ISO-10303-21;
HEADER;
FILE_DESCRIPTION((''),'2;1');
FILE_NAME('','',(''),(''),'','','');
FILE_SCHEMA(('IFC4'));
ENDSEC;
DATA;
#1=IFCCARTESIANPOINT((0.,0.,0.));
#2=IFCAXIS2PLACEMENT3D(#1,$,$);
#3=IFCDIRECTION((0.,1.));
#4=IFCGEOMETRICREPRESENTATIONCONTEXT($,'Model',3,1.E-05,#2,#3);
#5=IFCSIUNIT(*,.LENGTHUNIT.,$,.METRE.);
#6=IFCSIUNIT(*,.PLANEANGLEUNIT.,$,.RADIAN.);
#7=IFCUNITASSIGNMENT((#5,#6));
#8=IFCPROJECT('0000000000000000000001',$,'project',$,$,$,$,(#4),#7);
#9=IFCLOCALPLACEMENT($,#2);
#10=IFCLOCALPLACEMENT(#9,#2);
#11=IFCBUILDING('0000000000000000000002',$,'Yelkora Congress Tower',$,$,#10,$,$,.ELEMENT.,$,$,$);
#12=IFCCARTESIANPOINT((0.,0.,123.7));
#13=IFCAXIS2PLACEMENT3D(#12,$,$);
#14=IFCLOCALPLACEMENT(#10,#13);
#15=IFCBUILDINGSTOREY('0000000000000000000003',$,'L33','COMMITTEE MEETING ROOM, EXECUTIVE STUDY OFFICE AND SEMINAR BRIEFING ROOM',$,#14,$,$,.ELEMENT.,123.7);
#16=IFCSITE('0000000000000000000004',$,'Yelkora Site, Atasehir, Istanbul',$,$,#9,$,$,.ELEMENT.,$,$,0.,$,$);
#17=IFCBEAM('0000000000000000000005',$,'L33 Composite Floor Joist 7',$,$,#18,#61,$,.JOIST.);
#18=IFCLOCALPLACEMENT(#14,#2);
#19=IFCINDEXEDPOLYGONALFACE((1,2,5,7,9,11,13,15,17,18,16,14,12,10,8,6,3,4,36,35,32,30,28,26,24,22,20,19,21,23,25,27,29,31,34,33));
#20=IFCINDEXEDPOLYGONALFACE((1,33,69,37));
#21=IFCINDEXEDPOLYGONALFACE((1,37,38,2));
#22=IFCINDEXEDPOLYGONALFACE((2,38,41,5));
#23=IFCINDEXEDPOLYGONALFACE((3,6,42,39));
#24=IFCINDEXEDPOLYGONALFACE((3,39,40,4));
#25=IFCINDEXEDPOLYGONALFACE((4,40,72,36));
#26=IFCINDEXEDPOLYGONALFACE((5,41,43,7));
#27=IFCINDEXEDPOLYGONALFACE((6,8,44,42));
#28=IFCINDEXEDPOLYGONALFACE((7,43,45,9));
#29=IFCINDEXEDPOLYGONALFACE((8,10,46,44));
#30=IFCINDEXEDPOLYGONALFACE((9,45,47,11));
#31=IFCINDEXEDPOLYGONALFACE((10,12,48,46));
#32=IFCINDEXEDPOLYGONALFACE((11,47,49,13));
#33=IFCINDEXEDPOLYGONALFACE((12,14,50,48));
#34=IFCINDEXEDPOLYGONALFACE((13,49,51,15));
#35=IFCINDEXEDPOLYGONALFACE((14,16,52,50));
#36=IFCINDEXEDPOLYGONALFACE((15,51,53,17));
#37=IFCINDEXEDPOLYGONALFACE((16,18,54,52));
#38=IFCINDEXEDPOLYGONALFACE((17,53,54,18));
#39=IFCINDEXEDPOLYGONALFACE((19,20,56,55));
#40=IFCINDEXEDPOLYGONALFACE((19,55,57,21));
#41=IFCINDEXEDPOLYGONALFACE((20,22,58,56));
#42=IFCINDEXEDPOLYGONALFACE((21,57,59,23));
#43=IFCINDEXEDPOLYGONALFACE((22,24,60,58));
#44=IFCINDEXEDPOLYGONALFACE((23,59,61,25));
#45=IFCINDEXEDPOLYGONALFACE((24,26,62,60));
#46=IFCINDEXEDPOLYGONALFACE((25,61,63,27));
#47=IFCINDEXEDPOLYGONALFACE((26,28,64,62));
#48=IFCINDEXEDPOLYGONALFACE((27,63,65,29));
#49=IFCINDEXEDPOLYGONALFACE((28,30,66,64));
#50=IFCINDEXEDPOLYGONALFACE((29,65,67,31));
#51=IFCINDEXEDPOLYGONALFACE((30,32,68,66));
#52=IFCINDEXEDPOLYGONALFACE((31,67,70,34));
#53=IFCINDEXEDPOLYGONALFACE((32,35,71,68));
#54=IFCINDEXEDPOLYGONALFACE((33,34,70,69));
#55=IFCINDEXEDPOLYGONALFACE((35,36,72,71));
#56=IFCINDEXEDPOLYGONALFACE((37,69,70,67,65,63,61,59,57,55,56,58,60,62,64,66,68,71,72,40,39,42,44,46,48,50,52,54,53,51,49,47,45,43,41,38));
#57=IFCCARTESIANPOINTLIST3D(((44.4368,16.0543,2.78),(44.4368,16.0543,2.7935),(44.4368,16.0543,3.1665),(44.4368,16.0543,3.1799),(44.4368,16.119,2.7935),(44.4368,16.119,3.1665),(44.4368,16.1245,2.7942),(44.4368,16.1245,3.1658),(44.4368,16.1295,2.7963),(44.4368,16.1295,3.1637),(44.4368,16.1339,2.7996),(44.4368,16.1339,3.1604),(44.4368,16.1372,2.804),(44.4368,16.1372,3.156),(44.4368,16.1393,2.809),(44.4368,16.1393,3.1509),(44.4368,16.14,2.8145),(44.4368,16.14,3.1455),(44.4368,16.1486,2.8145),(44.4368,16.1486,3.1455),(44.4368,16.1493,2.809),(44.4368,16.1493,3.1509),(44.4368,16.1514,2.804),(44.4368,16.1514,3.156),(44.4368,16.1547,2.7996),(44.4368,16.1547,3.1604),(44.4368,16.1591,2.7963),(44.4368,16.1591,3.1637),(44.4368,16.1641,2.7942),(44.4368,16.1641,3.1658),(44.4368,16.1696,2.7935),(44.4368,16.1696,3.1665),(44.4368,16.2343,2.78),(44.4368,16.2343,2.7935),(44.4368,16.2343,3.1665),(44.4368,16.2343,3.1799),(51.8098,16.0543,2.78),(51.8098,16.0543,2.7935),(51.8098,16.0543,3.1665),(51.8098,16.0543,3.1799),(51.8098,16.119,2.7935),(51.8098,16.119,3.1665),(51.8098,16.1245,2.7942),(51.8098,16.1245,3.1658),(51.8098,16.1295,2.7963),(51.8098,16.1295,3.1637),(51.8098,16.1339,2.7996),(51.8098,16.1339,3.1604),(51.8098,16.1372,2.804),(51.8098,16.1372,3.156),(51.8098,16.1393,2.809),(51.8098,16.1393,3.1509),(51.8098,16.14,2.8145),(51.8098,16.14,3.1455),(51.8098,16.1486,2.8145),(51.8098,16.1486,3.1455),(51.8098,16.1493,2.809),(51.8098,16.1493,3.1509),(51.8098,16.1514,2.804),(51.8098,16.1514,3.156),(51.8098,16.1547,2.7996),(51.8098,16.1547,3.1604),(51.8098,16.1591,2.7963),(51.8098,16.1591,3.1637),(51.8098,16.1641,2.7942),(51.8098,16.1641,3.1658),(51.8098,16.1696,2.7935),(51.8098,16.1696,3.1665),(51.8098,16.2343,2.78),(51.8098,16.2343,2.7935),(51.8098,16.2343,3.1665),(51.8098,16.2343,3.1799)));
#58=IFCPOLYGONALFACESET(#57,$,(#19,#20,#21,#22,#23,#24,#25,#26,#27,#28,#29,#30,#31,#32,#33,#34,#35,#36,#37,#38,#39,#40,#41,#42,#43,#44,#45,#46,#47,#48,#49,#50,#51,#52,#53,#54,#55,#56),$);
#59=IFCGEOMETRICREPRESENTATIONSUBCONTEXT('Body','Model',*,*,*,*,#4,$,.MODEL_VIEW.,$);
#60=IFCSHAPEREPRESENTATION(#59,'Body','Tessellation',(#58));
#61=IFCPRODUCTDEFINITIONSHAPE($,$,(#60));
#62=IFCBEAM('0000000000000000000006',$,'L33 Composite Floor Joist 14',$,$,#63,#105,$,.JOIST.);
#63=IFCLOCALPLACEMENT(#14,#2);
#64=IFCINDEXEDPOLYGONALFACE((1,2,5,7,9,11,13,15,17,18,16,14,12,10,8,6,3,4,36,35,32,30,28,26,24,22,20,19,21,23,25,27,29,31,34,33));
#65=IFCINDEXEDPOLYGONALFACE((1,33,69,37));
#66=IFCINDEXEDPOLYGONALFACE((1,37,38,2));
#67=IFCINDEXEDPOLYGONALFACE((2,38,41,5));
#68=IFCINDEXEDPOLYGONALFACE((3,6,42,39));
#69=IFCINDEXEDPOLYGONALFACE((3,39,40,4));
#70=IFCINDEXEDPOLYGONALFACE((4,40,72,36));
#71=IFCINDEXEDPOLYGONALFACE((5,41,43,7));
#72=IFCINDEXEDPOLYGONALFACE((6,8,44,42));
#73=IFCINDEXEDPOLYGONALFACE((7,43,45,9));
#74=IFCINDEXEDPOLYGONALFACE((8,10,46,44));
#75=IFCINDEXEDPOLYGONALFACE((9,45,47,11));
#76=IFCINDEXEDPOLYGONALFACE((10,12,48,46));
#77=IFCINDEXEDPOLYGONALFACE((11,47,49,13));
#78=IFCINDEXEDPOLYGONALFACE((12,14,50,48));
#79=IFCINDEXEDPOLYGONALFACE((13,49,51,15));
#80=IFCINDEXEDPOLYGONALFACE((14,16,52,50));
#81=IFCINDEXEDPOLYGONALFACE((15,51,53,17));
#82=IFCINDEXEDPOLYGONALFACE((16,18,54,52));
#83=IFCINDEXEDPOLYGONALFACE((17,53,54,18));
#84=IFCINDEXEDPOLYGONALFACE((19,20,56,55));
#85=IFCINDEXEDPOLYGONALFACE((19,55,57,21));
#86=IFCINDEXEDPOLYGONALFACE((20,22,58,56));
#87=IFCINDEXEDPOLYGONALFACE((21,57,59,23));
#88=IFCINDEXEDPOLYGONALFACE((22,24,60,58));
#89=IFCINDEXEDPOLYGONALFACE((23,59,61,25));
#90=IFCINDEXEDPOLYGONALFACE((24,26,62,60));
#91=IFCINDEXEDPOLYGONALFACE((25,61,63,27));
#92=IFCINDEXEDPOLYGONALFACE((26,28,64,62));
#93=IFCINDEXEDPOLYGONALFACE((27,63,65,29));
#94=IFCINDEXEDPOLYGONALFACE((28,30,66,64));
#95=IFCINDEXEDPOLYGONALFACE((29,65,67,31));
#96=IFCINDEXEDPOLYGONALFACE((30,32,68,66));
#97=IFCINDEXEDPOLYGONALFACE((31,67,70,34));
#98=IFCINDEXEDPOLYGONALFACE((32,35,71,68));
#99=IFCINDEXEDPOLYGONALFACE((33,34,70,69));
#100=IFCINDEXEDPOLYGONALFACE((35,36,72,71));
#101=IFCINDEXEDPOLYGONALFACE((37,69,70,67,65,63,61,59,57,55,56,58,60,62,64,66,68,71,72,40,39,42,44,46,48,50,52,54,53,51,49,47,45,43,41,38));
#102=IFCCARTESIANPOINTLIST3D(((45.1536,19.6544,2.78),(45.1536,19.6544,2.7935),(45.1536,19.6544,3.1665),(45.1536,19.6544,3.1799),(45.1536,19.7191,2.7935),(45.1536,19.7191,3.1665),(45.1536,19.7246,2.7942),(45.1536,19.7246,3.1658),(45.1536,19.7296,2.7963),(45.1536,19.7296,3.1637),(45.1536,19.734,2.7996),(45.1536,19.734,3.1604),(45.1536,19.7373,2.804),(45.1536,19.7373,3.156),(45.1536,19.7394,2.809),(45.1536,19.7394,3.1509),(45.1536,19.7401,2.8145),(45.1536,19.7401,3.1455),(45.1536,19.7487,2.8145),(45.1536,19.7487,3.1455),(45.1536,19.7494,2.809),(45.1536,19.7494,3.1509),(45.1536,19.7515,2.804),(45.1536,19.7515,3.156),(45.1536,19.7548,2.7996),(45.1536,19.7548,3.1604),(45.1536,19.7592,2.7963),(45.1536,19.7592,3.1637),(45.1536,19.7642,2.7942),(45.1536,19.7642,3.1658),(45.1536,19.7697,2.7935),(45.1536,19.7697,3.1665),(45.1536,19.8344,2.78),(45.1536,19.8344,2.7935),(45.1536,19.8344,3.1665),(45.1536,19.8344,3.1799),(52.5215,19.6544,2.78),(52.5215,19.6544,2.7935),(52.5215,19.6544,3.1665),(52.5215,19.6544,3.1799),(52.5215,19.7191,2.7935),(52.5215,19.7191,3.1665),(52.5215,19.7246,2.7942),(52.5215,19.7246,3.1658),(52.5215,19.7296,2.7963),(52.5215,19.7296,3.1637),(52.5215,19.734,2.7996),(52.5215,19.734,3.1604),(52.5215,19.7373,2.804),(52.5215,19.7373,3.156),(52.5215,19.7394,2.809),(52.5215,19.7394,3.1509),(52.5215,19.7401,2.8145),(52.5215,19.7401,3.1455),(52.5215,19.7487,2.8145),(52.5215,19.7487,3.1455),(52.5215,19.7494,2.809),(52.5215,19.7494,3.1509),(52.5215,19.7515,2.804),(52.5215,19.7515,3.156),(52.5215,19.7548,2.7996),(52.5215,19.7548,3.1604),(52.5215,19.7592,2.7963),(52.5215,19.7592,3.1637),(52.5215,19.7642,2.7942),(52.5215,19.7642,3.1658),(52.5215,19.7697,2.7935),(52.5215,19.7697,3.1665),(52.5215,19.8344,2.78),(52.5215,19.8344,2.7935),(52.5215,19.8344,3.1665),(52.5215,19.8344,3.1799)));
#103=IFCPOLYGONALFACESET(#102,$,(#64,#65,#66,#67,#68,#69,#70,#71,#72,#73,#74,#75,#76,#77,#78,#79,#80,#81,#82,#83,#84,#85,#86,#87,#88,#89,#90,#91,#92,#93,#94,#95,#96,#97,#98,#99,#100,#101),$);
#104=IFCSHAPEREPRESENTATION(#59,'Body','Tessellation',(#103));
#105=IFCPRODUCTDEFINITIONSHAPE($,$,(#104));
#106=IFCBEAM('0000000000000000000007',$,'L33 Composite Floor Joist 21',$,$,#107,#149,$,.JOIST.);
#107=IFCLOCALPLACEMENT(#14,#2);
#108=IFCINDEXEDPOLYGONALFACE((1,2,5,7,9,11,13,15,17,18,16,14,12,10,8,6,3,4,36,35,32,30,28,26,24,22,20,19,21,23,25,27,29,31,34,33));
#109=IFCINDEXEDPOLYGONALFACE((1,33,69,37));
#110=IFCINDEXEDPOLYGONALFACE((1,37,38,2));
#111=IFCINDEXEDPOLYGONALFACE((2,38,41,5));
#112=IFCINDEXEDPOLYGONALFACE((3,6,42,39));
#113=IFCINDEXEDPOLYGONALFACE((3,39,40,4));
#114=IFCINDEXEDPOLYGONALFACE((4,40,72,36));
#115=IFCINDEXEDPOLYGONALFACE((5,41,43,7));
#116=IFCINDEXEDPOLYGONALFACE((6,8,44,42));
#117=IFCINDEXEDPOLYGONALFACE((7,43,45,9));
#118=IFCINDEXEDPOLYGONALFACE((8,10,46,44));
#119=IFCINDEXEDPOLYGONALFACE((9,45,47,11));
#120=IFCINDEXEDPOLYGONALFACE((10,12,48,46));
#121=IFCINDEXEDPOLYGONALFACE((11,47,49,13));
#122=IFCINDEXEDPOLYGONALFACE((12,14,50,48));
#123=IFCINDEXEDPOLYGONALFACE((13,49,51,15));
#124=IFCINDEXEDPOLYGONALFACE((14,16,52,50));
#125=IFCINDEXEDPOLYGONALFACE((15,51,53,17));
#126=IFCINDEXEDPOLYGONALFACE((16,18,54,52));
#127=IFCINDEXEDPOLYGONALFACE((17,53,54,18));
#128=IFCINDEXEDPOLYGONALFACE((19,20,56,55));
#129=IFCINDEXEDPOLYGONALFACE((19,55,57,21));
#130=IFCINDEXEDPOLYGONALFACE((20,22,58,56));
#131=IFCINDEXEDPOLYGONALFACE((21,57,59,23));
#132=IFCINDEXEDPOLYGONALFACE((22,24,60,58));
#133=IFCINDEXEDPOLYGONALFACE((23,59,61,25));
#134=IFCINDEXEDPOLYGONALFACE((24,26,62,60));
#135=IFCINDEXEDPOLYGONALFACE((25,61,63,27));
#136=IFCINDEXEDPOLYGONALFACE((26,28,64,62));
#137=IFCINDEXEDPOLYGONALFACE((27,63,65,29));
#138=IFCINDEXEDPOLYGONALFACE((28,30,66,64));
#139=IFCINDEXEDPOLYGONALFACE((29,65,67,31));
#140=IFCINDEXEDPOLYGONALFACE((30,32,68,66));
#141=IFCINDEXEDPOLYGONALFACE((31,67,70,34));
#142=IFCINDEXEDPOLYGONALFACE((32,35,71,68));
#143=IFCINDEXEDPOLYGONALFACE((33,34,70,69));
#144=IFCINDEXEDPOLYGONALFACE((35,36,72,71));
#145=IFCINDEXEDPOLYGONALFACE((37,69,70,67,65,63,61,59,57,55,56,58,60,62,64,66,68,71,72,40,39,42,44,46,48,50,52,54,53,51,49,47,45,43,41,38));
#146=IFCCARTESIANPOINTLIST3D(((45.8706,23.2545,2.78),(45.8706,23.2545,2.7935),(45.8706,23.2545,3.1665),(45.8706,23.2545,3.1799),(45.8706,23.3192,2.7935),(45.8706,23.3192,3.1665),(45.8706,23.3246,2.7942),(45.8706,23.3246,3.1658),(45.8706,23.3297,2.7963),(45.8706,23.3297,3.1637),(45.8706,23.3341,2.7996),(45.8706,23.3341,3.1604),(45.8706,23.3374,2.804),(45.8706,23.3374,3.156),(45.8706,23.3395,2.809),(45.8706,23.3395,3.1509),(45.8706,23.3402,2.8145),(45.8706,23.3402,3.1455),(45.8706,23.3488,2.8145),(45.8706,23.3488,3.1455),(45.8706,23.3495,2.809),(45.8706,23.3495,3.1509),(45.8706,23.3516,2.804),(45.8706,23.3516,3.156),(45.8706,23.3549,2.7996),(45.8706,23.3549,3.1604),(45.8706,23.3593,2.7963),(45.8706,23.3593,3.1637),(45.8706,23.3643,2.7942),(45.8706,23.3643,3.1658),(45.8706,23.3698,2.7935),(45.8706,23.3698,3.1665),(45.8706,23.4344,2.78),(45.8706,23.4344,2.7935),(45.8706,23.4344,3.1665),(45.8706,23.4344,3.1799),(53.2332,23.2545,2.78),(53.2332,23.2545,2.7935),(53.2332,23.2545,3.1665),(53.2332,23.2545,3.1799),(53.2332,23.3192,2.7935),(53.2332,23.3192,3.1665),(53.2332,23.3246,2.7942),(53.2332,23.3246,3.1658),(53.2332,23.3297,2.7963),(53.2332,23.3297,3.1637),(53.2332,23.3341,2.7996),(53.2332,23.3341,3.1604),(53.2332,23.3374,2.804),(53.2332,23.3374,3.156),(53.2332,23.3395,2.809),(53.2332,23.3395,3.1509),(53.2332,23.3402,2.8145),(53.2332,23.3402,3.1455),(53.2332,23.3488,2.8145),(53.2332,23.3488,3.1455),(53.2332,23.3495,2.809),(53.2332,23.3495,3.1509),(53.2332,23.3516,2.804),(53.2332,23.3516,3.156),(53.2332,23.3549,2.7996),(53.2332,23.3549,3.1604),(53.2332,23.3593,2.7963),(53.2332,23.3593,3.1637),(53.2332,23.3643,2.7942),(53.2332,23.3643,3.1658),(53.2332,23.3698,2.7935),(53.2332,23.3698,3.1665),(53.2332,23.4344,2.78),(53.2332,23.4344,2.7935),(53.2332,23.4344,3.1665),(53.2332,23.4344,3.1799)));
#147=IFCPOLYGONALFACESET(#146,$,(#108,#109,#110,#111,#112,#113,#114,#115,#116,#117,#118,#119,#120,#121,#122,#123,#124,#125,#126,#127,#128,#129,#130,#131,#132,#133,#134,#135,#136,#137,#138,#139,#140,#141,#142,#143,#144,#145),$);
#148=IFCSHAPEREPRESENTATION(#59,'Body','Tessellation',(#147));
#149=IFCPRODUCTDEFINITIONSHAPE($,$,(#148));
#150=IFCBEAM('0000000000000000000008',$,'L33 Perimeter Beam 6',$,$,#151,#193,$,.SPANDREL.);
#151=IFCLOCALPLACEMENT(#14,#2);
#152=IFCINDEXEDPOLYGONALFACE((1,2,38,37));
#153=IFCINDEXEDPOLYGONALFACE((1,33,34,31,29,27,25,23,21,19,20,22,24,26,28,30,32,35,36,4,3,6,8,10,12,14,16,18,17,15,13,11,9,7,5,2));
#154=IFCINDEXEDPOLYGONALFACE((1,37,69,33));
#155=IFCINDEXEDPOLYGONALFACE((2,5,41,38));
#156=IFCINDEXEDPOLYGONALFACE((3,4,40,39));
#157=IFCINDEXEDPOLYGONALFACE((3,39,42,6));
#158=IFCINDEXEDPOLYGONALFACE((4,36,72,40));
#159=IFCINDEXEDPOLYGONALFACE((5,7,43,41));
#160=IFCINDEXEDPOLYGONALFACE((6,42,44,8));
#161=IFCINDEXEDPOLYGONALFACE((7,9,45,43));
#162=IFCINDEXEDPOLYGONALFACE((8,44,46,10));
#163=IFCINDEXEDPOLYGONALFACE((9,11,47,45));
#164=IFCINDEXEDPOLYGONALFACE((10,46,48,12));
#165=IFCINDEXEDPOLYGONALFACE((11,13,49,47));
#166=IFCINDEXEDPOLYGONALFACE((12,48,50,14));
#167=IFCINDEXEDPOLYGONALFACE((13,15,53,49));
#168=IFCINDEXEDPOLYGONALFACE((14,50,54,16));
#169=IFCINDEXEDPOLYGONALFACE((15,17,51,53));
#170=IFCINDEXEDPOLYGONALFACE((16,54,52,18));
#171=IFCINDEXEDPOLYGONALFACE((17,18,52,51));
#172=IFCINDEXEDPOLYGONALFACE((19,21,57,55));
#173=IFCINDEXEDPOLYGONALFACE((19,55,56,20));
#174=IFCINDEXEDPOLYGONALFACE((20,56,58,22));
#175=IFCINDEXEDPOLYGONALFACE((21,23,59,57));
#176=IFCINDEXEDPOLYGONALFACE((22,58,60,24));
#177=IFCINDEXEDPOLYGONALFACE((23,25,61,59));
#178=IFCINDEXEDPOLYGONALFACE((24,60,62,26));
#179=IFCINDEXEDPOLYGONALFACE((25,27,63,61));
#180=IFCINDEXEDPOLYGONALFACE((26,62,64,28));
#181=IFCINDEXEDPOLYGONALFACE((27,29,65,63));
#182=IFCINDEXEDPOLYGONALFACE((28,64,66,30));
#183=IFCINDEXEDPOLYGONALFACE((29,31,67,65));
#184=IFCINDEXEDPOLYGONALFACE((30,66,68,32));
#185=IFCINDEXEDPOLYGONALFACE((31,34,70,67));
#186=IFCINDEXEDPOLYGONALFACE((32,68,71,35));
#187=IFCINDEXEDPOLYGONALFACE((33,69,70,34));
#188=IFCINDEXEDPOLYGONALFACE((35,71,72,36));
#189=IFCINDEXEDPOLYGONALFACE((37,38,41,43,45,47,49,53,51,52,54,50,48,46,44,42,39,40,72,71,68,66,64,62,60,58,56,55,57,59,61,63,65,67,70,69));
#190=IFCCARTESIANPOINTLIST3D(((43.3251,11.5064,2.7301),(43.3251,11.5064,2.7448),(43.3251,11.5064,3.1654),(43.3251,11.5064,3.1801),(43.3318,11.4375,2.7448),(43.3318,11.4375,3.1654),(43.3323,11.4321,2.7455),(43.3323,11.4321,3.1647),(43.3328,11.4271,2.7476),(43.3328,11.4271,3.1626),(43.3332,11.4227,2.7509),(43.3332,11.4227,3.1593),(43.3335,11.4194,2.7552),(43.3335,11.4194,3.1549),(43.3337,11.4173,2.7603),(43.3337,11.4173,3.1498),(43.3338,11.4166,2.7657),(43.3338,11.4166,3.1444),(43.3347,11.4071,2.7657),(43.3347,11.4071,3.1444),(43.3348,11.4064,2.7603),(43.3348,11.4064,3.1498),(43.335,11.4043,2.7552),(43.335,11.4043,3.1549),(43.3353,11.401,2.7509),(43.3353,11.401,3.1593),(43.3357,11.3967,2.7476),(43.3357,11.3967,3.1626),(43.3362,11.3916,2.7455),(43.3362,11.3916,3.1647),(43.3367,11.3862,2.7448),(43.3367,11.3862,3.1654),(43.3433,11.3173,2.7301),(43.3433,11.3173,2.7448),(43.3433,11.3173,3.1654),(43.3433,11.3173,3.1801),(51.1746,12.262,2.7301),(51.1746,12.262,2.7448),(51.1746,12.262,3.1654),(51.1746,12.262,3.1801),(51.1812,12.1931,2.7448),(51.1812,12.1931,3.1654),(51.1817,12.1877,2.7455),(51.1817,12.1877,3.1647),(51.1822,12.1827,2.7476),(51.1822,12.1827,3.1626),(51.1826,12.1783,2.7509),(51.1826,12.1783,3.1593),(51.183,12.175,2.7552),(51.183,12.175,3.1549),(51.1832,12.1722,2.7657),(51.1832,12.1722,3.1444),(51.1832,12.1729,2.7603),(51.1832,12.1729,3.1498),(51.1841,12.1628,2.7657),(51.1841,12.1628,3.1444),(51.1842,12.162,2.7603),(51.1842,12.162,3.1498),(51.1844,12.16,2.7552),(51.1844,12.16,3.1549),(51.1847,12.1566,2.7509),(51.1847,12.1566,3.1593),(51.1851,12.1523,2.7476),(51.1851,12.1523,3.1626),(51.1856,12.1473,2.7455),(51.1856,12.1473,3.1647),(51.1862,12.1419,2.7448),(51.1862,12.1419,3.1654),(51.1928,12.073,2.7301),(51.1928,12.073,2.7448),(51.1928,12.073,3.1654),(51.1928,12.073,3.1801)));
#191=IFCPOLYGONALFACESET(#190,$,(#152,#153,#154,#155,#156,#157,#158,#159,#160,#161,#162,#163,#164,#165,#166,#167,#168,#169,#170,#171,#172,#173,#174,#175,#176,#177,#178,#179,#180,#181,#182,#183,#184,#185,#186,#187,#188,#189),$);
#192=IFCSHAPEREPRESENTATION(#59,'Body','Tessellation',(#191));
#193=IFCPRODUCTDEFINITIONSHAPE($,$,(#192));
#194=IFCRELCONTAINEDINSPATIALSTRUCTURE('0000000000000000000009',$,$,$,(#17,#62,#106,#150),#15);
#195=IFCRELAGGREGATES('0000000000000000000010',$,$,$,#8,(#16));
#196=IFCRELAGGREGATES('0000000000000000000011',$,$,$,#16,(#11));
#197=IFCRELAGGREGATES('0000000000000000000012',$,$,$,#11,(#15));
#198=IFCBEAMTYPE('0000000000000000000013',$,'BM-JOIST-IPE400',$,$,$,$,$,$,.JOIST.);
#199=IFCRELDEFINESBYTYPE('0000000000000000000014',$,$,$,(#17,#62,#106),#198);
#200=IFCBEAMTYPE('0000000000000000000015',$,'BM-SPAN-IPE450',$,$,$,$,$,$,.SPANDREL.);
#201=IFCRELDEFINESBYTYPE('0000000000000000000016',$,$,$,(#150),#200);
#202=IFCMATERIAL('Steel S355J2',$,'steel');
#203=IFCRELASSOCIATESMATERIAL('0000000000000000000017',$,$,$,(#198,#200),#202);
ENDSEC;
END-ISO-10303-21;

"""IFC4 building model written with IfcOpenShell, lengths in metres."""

from ifc_helpers import new_model, si_unit, direction, frame, origin, origin_2d, place, context, subcontext, project, spatial, i_section, extrude, material, material_profile, profile_set, type_object, element, save


model = new_model("IFC4")

# Units and contexts
model_context = context("Model", 3, precision=1e-05, world=origin(), true_north=direction((0.0, 1.0)))
body_context = subcontext(model_context, "Body", "Model", "MODEL_VIEW")
ifc_project = project(units=[si_unit("LENGTHUNIT", "METRE"), si_unit("PLANEANGLEUNIT", "RADIAN")], contexts=[model_context])

# Site, building, storey
site_placement = place(None, origin())
site = spatial("IfcSite", under=ifc_project, at=site_placement, Name="Yelkora Site, Atasehir, Istanbul", CompositionType="ELEMENT", RefElevation=0.0)
building_placement = place(site_placement, origin())
building = spatial("IfcBuilding", under=site, at=building_placement, Name="Yelkora Congress Tower", CompositionType="ELEMENT")
storey_placement = place(building_placement, frame((0.0, 0.0, 123.7)))
storey = spatial("IfcBuildingStorey", under=building, at=storey_placement, Name="L33", Description="COMMITTEE MEETING ROOM, EXECUTIVE STUDY OFFICE AND SEMINAR BRIEFING ROOM", CompositionType="ELEMENT", Elevation=123.7)

# Beams
ifc_material_1 = material(Name="Steel S355J2", Category="steel")
ifc_material_profile_1 = material_profile(ifc_material_1, i_section(OverallWidth=0.1799, OverallDepth=0.3999, WebThickness=0.0085, FlangeThickness=0.0134, FilletRadius=0.021, at=origin_2d()), Name="IPE 400")
ifc_profile_set_1 = profile_set([ifc_material_profile_1], Name="Steel S355J2")
beam_type_1 = type_object("IfcBeamType", Name="BM-JOIST-IPE400", PredefinedType="JOIST", material=ifc_profile_set_1)
beam_1_placement = place(storey_placement, frame((44.4368, 16.1443, 2.98), z_axis=(1.0, 0.0, 0.0), x_axis=(0.0, 1.0, 0.0)))
element("IfcBeam", 1, at=beam_1_placement, inside=storey, type_object=beam_type_1, Name="L33 Composite Floor Joist 7", PredefinedType="JOIST", context=body_context, shape_type="SweptSolid", body=[
    extrude(i_section(OverallWidth=0.1799, OverallDepth=0.3999, WebThickness=0.0085, FlangeThickness=0.0134, FilletRadius=0.021, at=origin_2d()), origin(), (0.0, 0.0, 1.0), 7.373),
])
beam_2_placement = place(storey_placement, frame((45.1536, 19.7444, 2.98), z_axis=(1.0, 0.0, 0.0), x_axis=(0.0, 1.0, 0.0)))
element("IfcBeam", 2, at=beam_2_placement, inside=storey, type_object=beam_type_1, Name="L33 Composite Floor Joist 14", PredefinedType="JOIST", context=body_context, shape_type="SweptSolid", body=[
    extrude(i_section(OverallWidth=0.1799, OverallDepth=0.3999, WebThickness=0.0085, FlangeThickness=0.0134, FilletRadius=0.021, at=origin_2d()), origin(), (0.0, 0.0, 1.0), 7.3679),
])
beam_3_placement = place(storey_placement, frame((45.8706, 23.3445, 2.98), z_axis=(1.0, 0.0, 0.0), x_axis=(0.0, 1.0, 0.0)))
element("IfcBeam", 3, at=beam_3_placement, inside=storey, type_object=beam_type_1, Name="L33 Composite Floor Joist 21", PredefinedType="JOIST", context=body_context, shape_type="SweptSolid", body=[
    extrude(i_section(OverallWidth=0.1799, OverallDepth=0.3999, WebThickness=0.0085, FlangeThickness=0.0134, FilletRadius=0.021, at=origin_2d()), origin(), (0.0, 0.0, 1.0), 7.3625),
])
ifc_material_profile_2 = material_profile(ifc_material_1, i_section(OverallWidth=0.1899, OverallDepth=0.45, WebThickness=0.0095, FlangeThickness=0.0146, FilletRadius=0.021, at=origin_2d()), Name="IPE 450")
ifc_profile_set_2 = profile_set([ifc_material_profile_2], Name="Steel S355J2")
beam_type_2 = type_object("IfcBeamType", Name="BM-SPAN-IPE450", PredefinedType="SPANDREL", material=ifc_profile_set_2)
beam_4_placement = place(storey_placement, frame((43.3342, 11.4119, 2.9551), z_axis=(0.995399, 0.095822, 0.0), x_axis=(-0.095822, 0.995399, 0.0)))
element("IfcBeam", 4, at=beam_4_placement, inside=storey, type_object=beam_type_2, Name="L33 Perimeter Beam 6", PredefinedType="SPANDREL", context=body_context, shape_type="SweptSolid", body=[
    extrude(i_section(OverallWidth=0.1899, OverallDepth=0.45, WebThickness=0.0095, FlangeThickness=0.0146, FilletRadius=0.021, at=origin_2d()), origin(), (0.0, 0.0, 1.0), 7.8857),
])

save(model, "model.ifc")
